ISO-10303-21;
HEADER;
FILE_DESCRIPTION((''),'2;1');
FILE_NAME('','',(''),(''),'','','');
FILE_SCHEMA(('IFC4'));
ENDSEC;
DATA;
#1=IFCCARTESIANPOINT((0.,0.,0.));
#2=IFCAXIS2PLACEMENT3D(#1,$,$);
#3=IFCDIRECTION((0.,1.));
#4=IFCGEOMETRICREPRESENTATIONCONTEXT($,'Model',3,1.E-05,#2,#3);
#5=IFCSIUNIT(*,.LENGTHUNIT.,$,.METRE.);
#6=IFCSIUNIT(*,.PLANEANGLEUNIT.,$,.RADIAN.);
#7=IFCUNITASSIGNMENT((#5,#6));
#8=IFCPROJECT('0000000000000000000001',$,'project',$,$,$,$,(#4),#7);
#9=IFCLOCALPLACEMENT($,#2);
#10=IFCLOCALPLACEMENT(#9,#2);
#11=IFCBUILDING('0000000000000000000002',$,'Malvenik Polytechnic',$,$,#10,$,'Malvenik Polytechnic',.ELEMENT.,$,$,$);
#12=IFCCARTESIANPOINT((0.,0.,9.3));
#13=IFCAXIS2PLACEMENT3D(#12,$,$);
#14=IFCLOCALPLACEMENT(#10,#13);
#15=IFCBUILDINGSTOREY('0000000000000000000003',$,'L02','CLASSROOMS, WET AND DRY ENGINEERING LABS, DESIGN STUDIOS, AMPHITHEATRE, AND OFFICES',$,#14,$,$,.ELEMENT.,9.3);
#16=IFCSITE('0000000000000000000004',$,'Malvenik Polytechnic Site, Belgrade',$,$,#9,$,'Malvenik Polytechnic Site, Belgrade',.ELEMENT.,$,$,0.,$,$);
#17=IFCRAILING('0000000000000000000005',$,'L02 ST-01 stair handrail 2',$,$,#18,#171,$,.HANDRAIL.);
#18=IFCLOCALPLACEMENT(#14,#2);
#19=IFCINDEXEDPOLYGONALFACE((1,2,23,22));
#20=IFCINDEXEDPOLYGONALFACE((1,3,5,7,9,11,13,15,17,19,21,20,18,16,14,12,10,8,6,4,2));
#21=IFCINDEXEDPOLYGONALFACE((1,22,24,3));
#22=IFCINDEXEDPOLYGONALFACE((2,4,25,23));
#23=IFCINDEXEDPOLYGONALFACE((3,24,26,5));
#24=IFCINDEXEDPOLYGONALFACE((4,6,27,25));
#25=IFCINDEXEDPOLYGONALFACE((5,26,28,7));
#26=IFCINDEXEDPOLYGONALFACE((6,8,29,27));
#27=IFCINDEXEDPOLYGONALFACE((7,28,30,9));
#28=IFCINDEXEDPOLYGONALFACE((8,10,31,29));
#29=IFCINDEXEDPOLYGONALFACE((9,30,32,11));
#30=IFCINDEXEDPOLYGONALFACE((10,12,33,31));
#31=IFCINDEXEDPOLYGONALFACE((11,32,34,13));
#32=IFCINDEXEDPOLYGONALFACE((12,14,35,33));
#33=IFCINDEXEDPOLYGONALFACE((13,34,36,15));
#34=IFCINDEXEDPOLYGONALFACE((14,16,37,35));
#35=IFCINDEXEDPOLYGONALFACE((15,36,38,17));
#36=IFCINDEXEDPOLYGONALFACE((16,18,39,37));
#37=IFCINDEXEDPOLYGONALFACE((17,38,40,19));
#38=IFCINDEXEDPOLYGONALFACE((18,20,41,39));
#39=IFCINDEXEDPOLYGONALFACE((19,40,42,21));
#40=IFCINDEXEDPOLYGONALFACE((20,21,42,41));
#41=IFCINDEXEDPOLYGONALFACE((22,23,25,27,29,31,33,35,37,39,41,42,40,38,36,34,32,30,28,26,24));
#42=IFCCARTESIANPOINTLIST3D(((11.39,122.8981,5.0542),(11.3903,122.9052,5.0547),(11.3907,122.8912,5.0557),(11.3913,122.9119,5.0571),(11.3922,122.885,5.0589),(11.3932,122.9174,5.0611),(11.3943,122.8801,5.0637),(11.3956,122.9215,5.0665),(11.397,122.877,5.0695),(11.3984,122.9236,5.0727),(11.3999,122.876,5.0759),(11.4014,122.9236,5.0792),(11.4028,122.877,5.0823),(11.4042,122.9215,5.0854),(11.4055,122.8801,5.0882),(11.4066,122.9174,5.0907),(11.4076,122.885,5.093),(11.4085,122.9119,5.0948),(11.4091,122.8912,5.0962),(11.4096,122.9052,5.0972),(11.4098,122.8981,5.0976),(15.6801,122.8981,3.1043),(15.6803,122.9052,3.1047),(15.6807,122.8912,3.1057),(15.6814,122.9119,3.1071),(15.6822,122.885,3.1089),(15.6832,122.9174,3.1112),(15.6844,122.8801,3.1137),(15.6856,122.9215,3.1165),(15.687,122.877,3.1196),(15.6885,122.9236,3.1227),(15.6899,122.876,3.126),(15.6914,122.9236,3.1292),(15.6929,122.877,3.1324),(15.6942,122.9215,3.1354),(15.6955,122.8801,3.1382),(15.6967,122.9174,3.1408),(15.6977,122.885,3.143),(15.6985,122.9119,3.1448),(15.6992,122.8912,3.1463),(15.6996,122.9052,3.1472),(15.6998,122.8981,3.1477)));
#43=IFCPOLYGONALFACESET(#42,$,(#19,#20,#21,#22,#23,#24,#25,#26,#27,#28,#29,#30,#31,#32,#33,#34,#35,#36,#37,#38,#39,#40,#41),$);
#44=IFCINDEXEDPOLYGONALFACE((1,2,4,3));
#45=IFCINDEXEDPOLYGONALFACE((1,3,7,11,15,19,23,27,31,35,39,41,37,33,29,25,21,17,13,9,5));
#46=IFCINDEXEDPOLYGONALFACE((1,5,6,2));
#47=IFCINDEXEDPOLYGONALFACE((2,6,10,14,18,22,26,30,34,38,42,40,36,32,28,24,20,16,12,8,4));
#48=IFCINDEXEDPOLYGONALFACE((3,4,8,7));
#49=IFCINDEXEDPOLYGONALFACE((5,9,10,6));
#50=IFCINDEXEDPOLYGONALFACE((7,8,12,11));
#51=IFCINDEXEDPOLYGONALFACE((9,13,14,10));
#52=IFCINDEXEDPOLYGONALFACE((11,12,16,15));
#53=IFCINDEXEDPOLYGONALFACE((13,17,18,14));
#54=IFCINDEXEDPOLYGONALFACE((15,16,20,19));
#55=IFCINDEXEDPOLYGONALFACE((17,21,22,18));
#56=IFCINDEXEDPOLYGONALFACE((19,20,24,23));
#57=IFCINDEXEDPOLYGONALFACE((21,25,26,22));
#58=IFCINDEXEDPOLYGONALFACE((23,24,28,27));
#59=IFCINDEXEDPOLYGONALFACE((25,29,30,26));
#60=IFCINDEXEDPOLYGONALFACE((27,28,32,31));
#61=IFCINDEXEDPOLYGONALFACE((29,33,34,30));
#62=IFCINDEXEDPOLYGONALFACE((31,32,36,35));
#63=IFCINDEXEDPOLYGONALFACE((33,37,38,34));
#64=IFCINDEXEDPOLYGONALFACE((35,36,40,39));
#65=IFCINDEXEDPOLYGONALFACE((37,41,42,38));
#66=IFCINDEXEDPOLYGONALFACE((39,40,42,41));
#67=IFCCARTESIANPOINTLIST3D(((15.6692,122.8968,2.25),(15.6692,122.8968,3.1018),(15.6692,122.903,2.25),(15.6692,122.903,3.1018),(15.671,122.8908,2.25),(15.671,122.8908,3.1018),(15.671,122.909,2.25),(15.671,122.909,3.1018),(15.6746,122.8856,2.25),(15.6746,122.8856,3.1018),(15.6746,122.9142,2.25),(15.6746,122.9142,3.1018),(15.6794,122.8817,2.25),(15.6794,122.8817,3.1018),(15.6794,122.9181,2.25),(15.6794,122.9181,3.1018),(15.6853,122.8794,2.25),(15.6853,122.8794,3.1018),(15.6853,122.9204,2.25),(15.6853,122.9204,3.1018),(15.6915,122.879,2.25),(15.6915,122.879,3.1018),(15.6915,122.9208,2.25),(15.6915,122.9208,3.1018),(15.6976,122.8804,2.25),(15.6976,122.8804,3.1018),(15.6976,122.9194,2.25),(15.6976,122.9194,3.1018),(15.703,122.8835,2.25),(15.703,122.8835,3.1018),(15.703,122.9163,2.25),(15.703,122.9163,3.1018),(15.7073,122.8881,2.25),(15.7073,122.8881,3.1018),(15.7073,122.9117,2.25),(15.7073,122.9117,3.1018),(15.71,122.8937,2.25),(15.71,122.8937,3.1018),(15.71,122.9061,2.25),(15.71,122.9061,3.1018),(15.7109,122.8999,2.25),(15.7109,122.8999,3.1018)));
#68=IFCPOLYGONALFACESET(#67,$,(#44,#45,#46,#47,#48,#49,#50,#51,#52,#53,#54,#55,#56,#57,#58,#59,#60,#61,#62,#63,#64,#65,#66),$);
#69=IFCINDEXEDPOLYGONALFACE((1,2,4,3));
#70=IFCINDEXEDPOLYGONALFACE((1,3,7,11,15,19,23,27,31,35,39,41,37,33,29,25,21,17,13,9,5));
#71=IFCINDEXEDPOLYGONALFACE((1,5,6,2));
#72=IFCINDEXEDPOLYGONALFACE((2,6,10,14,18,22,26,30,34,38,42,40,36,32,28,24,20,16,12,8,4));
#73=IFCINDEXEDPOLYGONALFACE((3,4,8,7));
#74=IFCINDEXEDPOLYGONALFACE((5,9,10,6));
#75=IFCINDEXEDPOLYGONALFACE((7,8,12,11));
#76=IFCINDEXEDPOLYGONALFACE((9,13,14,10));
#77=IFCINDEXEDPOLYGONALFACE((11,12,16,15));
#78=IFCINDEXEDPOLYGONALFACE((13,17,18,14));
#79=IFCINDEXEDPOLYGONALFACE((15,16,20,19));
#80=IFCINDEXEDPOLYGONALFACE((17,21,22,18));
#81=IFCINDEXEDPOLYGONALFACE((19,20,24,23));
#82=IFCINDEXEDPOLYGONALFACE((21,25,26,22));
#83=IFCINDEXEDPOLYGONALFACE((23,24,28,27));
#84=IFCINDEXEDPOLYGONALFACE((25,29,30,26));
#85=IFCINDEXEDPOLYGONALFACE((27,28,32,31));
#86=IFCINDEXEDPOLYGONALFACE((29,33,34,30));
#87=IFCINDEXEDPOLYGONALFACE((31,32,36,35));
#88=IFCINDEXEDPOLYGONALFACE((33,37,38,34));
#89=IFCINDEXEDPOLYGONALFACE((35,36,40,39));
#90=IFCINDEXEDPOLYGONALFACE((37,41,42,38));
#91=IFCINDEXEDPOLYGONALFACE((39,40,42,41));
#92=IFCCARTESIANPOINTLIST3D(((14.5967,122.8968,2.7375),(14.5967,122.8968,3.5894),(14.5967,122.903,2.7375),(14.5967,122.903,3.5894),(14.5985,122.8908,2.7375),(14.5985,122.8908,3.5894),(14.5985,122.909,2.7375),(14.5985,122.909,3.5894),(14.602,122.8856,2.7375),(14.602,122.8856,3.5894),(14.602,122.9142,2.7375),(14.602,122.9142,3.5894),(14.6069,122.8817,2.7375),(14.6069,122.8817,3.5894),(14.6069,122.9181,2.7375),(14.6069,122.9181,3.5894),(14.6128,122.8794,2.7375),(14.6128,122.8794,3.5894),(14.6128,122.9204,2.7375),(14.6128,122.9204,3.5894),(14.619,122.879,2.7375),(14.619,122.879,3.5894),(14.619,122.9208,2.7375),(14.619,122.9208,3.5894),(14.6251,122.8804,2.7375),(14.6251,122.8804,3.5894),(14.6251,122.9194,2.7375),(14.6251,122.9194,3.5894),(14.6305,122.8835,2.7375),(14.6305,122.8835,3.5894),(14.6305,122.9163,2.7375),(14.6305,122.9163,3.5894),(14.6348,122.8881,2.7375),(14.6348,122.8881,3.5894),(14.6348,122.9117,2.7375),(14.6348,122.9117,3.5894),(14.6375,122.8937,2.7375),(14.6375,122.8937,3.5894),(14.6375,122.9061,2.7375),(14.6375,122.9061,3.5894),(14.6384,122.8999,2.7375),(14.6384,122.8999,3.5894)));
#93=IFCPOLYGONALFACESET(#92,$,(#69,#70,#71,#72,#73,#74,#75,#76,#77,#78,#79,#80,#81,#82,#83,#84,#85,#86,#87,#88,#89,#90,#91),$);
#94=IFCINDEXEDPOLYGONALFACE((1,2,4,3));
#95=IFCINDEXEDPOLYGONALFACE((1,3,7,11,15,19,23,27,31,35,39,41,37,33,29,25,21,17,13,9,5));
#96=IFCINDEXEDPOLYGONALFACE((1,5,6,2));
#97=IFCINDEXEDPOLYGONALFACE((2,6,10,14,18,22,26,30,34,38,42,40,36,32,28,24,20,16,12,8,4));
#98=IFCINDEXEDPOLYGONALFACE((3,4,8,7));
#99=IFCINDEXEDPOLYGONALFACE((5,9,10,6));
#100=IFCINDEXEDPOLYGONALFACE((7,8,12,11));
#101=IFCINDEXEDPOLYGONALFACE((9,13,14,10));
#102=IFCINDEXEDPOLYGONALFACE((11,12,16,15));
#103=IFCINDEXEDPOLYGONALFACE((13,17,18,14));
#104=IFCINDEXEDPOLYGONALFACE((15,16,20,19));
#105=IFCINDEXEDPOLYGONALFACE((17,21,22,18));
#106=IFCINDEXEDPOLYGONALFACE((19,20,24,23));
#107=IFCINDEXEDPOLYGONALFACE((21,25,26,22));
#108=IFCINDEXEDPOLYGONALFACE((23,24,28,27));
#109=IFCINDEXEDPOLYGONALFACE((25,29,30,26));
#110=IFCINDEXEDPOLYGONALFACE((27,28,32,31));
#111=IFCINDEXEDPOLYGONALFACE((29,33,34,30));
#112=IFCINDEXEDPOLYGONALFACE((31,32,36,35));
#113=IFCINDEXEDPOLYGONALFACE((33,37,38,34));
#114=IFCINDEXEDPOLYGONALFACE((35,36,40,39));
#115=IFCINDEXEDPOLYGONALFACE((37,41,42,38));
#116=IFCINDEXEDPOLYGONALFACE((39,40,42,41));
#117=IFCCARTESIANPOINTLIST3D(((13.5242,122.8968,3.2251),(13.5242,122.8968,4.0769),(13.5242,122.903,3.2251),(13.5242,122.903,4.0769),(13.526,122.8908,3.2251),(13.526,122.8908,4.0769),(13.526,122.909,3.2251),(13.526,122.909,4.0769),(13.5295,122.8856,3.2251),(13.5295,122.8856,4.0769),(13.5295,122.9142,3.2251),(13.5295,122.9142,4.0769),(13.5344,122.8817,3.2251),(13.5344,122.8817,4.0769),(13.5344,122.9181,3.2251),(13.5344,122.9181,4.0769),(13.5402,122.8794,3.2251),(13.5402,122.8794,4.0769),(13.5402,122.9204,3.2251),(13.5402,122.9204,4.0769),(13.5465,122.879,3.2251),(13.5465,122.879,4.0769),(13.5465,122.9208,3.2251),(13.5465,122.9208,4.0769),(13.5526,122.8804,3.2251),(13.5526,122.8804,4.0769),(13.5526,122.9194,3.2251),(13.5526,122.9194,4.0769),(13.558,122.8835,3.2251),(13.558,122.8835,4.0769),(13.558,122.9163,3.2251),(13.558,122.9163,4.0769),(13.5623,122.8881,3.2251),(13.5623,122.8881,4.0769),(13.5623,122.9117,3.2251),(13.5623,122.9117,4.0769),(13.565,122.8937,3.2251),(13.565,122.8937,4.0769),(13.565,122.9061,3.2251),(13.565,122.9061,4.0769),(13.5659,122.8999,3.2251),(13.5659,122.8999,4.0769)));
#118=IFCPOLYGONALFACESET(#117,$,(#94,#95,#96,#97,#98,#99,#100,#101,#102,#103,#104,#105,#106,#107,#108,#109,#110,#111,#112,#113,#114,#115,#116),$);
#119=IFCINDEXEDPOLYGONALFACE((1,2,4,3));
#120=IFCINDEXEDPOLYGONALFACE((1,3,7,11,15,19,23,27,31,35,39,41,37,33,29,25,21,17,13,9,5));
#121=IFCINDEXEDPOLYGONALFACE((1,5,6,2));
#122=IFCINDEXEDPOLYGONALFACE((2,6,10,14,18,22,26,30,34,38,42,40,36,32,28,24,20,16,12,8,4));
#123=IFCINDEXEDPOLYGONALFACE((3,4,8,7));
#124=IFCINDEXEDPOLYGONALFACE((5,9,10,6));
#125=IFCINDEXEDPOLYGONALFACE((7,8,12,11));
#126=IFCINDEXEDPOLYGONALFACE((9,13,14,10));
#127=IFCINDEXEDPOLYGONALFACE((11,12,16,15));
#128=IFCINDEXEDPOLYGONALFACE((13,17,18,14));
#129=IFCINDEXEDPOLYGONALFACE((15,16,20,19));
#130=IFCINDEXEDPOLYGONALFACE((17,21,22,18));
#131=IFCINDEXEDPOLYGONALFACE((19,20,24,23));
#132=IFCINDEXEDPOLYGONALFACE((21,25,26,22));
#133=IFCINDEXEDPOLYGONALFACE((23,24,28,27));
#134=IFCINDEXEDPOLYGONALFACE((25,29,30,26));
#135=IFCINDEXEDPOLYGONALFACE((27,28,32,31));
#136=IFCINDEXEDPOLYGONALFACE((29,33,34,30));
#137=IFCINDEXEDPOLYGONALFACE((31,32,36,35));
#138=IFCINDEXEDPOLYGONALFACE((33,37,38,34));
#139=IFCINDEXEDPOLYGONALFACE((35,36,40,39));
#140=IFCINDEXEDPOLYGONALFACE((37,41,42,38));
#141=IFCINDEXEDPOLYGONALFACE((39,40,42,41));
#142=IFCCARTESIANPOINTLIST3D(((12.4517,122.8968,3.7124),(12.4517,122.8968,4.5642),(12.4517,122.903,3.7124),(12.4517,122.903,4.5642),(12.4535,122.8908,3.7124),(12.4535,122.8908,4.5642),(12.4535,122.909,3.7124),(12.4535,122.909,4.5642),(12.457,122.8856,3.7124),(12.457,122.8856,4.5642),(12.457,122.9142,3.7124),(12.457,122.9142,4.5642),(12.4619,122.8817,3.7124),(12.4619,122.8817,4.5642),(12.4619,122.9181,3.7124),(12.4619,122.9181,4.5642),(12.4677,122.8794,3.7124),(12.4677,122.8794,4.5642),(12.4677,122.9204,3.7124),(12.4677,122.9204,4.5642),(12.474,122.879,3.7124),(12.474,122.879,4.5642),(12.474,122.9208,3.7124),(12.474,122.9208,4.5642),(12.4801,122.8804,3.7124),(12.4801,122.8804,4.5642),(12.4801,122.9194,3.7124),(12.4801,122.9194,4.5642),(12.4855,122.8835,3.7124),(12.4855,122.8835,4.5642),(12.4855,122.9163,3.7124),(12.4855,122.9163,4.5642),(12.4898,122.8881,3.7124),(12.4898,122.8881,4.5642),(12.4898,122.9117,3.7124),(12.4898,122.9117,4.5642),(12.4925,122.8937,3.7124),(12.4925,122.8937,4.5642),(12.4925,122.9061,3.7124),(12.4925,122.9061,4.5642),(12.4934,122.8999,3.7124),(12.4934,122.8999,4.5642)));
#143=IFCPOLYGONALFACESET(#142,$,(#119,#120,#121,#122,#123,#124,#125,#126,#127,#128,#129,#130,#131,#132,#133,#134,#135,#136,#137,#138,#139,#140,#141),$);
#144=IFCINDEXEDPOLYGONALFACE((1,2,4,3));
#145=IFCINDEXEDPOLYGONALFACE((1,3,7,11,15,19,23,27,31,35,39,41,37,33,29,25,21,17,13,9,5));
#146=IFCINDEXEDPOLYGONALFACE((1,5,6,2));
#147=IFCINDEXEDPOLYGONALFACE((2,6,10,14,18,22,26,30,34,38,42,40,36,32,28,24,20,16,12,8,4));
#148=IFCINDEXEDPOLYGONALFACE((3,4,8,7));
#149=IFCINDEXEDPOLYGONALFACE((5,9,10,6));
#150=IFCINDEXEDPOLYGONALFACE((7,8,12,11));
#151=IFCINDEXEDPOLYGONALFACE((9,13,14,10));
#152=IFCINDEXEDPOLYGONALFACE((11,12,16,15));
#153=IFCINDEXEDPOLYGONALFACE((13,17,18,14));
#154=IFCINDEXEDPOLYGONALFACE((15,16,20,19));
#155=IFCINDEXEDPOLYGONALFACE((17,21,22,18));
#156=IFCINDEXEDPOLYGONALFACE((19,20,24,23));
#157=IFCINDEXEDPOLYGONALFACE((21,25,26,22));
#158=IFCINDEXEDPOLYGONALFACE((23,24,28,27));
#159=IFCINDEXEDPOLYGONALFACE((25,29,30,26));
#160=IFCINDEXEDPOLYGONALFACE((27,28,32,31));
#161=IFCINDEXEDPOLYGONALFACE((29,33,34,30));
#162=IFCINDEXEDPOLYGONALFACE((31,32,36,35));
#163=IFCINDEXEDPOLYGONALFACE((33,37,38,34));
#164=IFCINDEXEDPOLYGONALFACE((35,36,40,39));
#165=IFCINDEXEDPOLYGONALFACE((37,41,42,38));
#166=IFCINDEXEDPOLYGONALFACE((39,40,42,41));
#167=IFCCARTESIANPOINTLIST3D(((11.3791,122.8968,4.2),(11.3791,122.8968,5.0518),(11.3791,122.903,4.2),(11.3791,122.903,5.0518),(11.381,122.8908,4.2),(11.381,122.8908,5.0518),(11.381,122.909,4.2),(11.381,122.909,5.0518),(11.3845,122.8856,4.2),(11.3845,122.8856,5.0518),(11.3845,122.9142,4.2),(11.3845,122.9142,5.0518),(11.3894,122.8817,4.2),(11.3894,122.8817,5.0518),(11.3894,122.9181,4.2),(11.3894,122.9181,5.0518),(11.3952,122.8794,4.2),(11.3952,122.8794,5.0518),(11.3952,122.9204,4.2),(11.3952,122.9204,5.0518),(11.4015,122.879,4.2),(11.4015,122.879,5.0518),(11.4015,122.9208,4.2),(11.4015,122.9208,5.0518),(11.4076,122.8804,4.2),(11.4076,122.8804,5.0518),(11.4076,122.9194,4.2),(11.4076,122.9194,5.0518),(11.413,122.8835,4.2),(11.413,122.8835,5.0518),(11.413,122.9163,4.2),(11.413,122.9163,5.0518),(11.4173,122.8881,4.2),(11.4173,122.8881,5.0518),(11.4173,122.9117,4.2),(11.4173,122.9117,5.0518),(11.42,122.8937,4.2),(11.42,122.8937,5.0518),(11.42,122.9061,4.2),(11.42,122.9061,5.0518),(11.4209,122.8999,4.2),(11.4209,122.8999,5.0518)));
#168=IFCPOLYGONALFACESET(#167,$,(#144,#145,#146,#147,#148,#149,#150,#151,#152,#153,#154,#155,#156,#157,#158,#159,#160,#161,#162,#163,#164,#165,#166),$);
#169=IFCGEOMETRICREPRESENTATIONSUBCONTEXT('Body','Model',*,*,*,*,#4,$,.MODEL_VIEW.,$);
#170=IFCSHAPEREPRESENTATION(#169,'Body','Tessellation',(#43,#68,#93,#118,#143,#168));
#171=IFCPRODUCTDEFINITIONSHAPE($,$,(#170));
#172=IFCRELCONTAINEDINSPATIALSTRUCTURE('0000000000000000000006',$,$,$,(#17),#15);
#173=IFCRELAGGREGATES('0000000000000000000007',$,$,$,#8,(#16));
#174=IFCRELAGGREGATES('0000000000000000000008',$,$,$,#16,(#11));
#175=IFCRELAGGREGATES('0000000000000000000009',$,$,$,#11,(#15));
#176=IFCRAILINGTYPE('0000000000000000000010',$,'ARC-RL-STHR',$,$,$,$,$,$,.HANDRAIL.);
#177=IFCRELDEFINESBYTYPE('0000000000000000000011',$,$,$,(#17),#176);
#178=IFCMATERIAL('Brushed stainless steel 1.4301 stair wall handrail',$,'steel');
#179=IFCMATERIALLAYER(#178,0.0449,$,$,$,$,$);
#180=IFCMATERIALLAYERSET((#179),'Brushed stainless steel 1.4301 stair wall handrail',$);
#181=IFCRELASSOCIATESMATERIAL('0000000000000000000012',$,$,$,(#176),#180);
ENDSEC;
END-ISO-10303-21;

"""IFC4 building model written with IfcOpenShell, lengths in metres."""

from ifc_helpers import new_model, si_unit, direction, frame, origin, origin_2d, place, context, subcontext, project, spatial, circle, extrude, material, layer, layer_set, type_object, element, save


model = new_model("IFC4")

# Units and contexts
model_context = context("Model", 3, precision=1e-05, world=origin(), true_north=direction((0.0, 1.0)))
body_context = subcontext(model_context, "Body", "Model", "MODEL_VIEW")
ifc_project = project(units=[si_unit("LENGTHUNIT", "METRE"), si_unit("PLANEANGLEUNIT", "RADIAN")], contexts=[model_context])

# Site, building, storey
site_placement = place(None, origin())
site = spatial("IfcSite", under=ifc_project, at=site_placement, Name="Malvenik Polytechnic Site, Belgrade", LongName="Malvenik Polytechnic Site, Belgrade", CompositionType="ELEMENT", RefElevation=0.0)
building_placement = place(site_placement, origin())
building = spatial("IfcBuilding", under=site, at=building_placement, Name="Malvenik Polytechnic", LongName="Malvenik Polytechnic", CompositionType="ELEMENT")
storey_placement = place(building_placement, frame((0.0, 0.0, 9.3)))
storey = spatial("IfcBuildingStorey", under=building, at=storey_placement, Name="L02", Description="CLASSROOMS, WET AND DRY ENGINEERING LABS, DESIGN STUDIOS, AMPHITHEATRE, AND OFFICES", CompositionType="ELEMENT", Elevation=9.3)

# Railing
ifc_material_1 = material(Name="Brushed stainless steel 1.4301 stair wall handrail", Category="steel")
ifc_layer_1 = layer(ifc_material_1, 0.0449)
ifc_layer_set_1 = layer_set([ifc_layer_1], Name="Brushed stainless steel 1.4301 stair wall handrail")
railing_type_1 = type_object("IfcRailingType", Name="ARC-RL-STHR", PredefinedType="HANDRAIL", material=ifc_layer_set_1)
railing_1_placement = place(storey_placement, frame((15.6899, 122.8999, 2.25)))
element("IfcRailing", 1, at=railing_1_placement, inside=storey, type_object=railing_type_1, Name="L02 ST-01 stair handrail 2", PredefinedType="HANDRAIL", context=body_context, shape_type="SweptSolid", body=[
    extrude(circle(Radius=0.0239, at=origin_2d()), frame((0.0, 0.0, 0.876), z_axis=(-0.910372, 0.0, 0.413791), x_axis=(0.0, -1.0, 0.0)), (0.0, 0.0, 1.0), 4.7124),
    extrude(circle(Radius=0.021, at=origin_2d()), origin(), (0.0, 0.0, 1.0), 0.8518),
    extrude(circle(Radius=0.021, at=origin_2d()), frame((-1.0725, 0.0, 0.4875)), (0.0, 0.0, 1.0), 0.8518),
    extrude(circle(Radius=0.021, at=origin_2d()), frame((-2.145, 0.0, 0.9751)), (0.0, 0.0, 1.0), 0.8518),
    extrude(circle(Radius=0.021, at=origin_2d()), frame((-3.2175, 0.0, 1.4624)), (0.0, 0.0, 1.0), 0.8518),
    extrude(circle(Radius=0.021, at=origin_2d()), frame((-4.29, 0.0, 1.95)), (0.0, 0.0, 1.0), 0.8518),
])

save(model, "model.ifc")
